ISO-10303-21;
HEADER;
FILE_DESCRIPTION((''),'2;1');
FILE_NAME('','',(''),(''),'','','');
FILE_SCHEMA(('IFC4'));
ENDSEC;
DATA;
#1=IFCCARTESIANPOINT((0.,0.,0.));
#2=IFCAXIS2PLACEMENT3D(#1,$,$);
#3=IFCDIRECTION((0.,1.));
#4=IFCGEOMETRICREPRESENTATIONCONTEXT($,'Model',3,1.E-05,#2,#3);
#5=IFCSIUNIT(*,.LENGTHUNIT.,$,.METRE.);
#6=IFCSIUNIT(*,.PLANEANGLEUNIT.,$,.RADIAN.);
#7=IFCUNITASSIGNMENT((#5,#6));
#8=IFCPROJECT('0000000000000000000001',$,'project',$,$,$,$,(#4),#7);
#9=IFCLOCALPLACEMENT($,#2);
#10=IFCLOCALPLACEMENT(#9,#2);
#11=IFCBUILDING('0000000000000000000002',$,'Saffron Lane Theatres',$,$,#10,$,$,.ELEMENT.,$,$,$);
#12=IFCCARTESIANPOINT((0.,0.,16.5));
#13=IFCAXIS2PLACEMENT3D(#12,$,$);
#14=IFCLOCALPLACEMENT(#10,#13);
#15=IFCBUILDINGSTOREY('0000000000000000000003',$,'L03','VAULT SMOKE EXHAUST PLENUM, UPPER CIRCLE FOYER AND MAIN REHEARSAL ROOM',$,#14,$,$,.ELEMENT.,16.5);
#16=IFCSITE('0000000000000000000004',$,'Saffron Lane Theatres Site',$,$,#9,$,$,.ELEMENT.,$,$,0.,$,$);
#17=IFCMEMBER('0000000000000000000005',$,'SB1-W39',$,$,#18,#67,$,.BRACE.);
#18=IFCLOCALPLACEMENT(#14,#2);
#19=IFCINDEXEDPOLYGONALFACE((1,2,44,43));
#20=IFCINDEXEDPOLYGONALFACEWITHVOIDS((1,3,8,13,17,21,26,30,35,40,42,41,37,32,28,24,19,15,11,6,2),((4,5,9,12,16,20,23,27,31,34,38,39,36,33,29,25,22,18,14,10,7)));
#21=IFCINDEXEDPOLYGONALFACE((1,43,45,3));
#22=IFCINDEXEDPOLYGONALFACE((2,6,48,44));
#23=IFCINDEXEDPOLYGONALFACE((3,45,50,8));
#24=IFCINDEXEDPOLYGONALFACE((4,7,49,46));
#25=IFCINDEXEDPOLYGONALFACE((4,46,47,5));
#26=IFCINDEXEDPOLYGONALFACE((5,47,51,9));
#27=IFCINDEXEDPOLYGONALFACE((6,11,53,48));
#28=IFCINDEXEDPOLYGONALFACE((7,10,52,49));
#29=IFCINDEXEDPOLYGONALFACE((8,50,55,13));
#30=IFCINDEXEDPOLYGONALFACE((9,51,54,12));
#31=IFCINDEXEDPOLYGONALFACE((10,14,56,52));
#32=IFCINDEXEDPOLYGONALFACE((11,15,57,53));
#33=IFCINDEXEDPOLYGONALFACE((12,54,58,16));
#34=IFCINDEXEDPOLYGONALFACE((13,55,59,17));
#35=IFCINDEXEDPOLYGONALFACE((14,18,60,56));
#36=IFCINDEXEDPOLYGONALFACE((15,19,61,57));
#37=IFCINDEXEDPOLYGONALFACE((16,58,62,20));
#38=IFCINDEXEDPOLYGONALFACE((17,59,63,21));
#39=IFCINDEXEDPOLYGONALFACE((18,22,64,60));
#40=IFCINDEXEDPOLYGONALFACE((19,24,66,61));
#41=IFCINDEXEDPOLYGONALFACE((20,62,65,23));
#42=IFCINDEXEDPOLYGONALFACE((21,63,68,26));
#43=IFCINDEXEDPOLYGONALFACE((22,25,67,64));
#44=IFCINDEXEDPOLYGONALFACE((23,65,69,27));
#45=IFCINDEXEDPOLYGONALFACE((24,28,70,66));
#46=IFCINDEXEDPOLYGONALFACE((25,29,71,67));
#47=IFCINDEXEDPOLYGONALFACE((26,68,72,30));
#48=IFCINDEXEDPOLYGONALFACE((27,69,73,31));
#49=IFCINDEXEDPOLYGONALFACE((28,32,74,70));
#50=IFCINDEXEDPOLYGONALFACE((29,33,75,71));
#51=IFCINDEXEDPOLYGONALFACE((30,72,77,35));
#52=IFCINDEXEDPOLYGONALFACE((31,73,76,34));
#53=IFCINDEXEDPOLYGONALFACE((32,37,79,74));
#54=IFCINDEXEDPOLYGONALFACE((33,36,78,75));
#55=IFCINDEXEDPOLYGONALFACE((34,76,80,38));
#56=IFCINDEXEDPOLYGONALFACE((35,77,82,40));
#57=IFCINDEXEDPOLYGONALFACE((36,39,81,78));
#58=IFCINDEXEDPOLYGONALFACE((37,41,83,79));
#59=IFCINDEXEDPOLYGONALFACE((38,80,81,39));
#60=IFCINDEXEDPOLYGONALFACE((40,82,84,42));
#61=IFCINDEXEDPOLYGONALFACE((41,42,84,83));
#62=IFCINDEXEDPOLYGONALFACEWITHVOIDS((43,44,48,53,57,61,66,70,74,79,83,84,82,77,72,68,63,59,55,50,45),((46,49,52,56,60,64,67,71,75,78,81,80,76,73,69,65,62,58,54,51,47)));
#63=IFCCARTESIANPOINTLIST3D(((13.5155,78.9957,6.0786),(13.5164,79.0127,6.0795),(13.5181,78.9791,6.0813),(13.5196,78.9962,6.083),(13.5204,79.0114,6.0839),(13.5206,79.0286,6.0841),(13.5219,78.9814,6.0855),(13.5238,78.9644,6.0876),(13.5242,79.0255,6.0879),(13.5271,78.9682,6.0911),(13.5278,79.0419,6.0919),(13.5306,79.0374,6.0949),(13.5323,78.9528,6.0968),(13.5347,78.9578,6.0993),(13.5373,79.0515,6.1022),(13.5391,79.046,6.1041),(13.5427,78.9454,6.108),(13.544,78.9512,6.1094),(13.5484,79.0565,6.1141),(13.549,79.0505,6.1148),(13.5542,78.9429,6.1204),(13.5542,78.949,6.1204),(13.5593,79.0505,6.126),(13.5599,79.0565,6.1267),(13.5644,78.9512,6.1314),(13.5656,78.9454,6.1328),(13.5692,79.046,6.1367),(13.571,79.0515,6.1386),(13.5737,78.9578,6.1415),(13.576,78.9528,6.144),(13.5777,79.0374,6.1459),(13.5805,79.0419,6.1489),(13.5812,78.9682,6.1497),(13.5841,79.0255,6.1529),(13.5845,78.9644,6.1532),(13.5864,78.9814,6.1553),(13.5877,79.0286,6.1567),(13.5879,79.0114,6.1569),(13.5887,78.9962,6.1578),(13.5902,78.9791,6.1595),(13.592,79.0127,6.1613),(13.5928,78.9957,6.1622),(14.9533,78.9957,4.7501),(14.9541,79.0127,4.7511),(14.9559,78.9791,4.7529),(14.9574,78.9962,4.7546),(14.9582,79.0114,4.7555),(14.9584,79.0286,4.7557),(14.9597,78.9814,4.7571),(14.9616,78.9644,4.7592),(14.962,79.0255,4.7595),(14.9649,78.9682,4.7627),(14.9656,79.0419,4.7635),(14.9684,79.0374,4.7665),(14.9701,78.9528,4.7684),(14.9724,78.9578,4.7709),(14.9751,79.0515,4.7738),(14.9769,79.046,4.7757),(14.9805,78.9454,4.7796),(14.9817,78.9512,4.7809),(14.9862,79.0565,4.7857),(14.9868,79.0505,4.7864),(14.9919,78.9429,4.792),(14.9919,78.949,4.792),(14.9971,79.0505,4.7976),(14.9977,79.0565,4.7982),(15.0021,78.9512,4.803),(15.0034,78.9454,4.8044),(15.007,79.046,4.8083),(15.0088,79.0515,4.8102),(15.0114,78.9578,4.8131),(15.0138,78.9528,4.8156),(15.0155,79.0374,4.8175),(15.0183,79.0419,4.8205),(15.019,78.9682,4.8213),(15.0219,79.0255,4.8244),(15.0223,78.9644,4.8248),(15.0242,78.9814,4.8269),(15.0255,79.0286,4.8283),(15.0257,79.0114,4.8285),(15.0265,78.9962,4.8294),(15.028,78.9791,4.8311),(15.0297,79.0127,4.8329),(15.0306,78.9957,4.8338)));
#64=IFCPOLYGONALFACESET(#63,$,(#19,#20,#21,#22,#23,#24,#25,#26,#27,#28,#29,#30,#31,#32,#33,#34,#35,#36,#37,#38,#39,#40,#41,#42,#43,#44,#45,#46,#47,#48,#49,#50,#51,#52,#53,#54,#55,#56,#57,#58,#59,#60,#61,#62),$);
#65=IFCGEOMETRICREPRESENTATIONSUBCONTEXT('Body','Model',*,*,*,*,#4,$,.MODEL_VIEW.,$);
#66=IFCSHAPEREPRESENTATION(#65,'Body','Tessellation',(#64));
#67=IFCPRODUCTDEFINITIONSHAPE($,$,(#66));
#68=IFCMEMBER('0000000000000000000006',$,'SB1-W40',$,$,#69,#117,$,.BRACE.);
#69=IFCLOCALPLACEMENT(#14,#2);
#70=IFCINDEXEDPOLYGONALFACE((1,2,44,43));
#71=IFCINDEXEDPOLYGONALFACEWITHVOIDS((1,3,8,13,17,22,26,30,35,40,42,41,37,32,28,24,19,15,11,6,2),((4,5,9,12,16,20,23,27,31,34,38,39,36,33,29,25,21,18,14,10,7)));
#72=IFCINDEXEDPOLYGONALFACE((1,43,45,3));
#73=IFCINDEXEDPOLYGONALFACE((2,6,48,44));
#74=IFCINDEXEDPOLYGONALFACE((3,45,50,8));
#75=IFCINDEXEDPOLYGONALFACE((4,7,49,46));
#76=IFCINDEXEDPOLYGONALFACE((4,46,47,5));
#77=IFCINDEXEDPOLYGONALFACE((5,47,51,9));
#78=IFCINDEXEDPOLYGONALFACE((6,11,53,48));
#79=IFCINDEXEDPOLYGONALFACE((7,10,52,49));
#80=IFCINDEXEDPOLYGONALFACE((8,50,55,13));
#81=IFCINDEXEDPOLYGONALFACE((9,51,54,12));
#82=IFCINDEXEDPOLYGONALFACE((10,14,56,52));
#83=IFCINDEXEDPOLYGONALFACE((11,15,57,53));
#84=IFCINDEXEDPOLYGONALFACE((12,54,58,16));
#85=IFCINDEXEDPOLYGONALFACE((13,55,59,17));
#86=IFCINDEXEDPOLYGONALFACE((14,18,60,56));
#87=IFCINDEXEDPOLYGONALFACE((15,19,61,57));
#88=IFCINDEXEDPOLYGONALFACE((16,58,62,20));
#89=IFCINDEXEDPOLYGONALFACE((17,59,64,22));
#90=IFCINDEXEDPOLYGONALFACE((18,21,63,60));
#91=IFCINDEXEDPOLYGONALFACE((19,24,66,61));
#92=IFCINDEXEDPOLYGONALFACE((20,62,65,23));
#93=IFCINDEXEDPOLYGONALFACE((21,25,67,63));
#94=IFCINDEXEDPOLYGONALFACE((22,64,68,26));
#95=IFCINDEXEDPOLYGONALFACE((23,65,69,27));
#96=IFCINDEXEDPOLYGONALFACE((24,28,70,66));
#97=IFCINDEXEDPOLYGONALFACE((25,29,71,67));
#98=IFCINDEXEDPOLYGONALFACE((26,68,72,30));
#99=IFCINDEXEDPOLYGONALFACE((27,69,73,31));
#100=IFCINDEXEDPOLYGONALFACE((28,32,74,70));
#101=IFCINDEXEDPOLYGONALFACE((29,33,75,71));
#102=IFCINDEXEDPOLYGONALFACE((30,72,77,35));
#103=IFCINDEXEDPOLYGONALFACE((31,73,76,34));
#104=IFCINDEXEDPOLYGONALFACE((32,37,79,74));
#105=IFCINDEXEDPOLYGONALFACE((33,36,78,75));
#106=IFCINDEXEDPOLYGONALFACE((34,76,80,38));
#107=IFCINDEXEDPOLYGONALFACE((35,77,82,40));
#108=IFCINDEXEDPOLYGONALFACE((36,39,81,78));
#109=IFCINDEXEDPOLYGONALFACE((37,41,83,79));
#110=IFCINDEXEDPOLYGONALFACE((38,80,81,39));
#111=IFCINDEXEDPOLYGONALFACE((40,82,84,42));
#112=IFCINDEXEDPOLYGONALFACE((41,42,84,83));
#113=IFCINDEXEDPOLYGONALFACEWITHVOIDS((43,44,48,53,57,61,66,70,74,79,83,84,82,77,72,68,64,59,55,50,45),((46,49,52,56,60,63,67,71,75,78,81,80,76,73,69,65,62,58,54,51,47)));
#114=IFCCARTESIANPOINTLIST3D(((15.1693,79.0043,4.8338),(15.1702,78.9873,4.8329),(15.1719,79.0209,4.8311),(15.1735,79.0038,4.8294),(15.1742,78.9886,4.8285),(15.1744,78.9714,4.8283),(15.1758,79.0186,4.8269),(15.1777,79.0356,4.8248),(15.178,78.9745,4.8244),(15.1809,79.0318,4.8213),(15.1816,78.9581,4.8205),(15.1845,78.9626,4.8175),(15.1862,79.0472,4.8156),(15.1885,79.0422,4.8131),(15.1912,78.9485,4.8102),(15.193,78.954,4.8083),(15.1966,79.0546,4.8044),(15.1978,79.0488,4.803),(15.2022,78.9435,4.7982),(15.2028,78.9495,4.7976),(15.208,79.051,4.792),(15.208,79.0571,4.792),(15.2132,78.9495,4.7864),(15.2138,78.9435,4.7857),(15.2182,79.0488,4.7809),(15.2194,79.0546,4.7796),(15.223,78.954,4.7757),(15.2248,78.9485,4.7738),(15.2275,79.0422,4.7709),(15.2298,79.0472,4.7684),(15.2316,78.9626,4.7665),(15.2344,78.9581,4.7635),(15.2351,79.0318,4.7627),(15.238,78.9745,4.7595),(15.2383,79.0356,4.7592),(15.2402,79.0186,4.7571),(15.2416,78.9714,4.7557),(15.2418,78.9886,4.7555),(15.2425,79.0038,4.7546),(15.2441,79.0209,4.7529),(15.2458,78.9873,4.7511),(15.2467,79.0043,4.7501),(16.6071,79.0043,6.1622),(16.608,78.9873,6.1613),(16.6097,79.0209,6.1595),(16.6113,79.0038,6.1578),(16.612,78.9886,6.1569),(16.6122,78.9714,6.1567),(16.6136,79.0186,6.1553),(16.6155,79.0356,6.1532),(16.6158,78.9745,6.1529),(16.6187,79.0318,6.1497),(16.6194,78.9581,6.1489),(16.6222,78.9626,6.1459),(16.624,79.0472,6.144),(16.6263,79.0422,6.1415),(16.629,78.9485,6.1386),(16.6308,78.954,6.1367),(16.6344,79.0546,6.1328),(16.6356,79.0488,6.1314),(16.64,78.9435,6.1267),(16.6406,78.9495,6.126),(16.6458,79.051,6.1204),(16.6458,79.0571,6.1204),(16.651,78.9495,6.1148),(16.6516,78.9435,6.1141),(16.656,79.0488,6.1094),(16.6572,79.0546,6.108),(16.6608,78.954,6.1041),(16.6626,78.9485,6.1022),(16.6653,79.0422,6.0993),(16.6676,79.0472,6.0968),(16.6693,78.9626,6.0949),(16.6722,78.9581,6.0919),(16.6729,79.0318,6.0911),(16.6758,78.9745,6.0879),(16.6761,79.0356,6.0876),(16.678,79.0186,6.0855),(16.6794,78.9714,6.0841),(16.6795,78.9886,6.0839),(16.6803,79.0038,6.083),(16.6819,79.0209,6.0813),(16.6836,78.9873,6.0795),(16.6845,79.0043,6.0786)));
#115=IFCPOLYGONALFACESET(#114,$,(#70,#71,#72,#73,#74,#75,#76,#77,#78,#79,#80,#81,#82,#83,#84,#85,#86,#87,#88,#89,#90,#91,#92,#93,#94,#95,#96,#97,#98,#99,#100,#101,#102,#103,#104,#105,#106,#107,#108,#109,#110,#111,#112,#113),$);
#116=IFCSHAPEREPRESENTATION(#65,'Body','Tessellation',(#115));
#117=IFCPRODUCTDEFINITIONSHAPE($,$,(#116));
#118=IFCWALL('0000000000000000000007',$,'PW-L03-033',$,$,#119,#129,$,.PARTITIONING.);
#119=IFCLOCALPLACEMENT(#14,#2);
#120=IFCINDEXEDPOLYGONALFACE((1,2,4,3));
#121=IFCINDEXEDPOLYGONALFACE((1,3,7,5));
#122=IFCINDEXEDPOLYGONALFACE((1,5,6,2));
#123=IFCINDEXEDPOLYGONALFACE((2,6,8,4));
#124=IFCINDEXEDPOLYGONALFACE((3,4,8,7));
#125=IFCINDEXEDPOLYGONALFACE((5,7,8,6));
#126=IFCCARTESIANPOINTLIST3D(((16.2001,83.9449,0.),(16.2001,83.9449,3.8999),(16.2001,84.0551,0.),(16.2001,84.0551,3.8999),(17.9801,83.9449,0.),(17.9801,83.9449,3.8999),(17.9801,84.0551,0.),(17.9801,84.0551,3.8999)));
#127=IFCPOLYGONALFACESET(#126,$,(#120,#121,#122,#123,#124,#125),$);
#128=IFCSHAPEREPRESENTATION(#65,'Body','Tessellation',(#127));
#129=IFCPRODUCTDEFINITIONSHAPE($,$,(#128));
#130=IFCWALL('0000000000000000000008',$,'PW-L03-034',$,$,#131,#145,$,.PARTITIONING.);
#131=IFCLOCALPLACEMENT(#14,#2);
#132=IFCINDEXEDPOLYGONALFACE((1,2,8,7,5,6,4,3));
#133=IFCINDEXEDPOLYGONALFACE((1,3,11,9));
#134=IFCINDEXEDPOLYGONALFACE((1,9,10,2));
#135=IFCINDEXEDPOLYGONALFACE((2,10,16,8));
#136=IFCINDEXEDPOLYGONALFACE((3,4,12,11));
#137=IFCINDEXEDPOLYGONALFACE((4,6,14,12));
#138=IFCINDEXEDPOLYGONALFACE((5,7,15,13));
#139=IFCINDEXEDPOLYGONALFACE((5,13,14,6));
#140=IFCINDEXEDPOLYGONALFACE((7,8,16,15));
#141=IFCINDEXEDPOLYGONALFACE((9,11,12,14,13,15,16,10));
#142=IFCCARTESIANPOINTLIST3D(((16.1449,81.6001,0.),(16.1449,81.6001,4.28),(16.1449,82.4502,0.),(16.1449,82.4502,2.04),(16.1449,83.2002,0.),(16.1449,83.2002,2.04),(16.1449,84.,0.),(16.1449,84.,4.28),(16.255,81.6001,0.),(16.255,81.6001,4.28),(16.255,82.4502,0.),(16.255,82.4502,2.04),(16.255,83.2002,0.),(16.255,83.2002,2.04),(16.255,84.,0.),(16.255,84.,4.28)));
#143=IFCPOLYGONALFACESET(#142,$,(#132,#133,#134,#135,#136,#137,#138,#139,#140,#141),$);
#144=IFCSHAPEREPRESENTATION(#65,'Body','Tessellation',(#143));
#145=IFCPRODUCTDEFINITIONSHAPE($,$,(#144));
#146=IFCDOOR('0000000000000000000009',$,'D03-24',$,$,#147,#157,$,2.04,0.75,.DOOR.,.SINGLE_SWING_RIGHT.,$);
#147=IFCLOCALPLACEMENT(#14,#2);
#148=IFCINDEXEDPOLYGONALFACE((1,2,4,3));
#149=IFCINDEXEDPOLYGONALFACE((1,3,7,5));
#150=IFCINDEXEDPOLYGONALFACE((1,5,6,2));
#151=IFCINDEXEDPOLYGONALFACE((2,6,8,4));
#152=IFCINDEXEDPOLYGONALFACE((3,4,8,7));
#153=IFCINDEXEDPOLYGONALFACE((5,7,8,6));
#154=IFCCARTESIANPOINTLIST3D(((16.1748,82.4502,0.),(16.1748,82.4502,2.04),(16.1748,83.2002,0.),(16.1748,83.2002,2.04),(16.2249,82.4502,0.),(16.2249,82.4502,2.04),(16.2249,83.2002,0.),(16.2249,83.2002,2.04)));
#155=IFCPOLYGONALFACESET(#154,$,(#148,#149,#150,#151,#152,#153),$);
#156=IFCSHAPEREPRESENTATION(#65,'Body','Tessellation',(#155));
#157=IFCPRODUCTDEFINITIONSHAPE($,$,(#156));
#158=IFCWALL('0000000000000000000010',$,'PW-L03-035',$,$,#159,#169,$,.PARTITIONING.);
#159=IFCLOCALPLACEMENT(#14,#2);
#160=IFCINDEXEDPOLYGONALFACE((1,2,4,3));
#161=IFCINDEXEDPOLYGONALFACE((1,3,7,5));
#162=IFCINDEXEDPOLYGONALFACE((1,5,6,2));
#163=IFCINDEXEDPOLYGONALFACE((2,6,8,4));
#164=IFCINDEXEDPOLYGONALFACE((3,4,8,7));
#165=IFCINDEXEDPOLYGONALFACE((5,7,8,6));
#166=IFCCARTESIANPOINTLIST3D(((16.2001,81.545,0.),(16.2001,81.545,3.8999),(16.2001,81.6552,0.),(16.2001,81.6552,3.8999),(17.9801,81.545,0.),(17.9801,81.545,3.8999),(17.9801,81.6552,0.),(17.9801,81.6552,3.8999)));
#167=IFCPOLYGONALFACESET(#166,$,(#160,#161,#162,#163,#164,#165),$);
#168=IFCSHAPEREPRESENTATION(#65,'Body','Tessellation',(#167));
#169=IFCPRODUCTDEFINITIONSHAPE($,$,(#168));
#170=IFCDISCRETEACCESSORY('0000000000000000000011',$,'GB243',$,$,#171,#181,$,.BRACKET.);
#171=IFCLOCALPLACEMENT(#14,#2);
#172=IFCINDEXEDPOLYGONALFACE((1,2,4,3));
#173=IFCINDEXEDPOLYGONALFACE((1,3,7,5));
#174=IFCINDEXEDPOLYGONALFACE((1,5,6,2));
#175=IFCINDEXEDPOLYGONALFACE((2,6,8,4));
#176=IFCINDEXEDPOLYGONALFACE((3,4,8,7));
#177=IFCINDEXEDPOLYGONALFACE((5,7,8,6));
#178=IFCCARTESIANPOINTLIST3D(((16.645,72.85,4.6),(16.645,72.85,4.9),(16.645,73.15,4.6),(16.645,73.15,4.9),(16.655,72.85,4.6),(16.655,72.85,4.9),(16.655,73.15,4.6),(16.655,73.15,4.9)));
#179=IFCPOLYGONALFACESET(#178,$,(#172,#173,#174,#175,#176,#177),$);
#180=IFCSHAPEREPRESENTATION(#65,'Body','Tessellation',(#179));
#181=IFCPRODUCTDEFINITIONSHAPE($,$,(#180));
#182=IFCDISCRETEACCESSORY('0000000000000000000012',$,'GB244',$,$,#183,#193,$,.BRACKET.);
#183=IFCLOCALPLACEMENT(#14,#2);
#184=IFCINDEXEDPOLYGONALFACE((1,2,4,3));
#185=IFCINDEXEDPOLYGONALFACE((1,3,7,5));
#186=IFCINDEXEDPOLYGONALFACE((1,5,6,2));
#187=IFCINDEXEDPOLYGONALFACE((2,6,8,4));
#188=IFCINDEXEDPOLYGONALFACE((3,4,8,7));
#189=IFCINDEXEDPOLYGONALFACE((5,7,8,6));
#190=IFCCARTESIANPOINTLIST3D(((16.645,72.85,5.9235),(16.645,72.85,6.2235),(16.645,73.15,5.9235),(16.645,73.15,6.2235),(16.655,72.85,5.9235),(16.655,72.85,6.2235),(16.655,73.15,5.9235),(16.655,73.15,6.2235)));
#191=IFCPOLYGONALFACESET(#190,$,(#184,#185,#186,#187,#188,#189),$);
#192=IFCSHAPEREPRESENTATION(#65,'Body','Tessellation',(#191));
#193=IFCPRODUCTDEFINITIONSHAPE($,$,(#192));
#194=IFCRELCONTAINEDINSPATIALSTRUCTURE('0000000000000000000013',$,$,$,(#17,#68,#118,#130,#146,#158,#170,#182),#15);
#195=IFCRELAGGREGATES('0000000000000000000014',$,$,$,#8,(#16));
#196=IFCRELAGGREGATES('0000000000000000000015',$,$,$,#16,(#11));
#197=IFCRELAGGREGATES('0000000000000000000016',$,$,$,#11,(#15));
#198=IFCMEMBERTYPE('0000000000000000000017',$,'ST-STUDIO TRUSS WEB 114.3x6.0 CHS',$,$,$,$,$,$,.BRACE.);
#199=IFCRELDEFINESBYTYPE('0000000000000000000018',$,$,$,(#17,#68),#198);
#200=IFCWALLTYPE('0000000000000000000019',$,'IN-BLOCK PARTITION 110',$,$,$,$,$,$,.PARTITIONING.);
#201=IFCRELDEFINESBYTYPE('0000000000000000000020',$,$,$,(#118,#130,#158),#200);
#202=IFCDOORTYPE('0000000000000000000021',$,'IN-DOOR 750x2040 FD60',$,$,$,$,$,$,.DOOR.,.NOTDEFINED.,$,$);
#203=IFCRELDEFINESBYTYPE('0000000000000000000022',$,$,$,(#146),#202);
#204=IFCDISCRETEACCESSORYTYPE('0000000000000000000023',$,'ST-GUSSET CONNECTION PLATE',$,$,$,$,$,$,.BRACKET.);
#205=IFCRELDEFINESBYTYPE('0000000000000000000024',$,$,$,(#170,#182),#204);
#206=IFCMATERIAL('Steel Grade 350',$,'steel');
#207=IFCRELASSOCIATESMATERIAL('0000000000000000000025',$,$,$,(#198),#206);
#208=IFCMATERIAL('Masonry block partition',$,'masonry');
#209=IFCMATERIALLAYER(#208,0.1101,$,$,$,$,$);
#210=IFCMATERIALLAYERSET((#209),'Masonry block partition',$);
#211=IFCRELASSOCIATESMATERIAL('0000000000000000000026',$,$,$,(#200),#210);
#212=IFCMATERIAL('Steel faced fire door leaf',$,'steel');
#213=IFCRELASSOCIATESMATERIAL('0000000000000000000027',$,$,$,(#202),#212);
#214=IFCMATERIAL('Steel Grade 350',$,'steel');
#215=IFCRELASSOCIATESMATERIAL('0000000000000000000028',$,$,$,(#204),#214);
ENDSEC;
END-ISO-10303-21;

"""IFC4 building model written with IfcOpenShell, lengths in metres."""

from ifc_helpers import new_model, si_unit, direction, frame, frame_2d, origin, origin_2d, place, context, subcontext, project, spatial, rectangle, hollow_circle, extrude, material, layer, layer_set, material_profile, profile_set, type_object, element, fill, save


model = new_model("IFC4")

# Units and contexts
model_context = context("Model", 3, precision=1e-05, world=origin(), true_north=direction((0.0, 1.0)))
body_context = subcontext(model_context, "Body", "Model", "MODEL_VIEW")
ifc_project = project(units=[si_unit("LENGTHUNIT", "METRE"), si_unit("PLANEANGLEUNIT", "RADIAN")], contexts=[model_context])

# Site, building, storey
site_placement = place(None, origin())
site = spatial("IfcSite", under=ifc_project, at=site_placement, Name="Saffron Lane Theatres Site", CompositionType="ELEMENT", RefElevation=0.0)
building_placement = place(site_placement, origin())
building = spatial("IfcBuilding", under=site, at=building_placement, Name="Saffron Lane Theatres", CompositionType="ELEMENT")
storey_placement = place(building_placement, frame((0.0, 0.0, 16.5)))
storey = spatial("IfcBuildingStorey", under=building, at=storey_placement, Name="L03", Description="VAULT SMOKE EXHAUST PLENUM, UPPER CIRCLE FOYER AND MAIN REHEARSAL ROOM", CompositionType="ELEMENT", Elevation=16.5)

# Members
ifc_material_1 = material(Name="Steel Grade 350", Category="steel")
ifc_material_profile_1 = material_profile(ifc_material_1, hollow_circle(Radius=0.0571, WallThickness=0.0061, at=origin_2d()))
ifc_profile_set_1 = profile_set([ifc_material_profile_1], Name="Steel Grade 350")
member_type_1 = type_object("IfcMemberType", Name="ST-STUDIO TRUSS WEB 114.3x6.0 CHS", PredefinedType="BRACE", material=ifc_profile_set_1)
for number, where, z_axis, x_axis, name in (
    (1, (14.9919, 79.0, 4.792), (-0.734493, 0.0, 0.678617), (0.0, -1.0, 0.0), "SB1-W39"),
    (2, (15.208, 79.0, 4.792), (0.734493, 0.0, 0.678617), (0.0, 1.0, 0.0), "SB1-W40"),
):
    element("IfcMember", number, at=place(storey_placement, frame(where, z_axis=z_axis, x_axis=x_axis)), inside=storey, type_object=member_type_1, Name=name, PredefinedType="BRACE", context=body_context, shape_type="SweptSolid", body=[
        extrude(hollow_circle(Radius=0.0571, WallThickness=0.0061, at=origin_2d()), origin(), (0.0, 0.0, 1.0), 1.9575),
    ])

# Wall
ifc_material_2 = material(Name="Masonry block partition", Category="masonry")
ifc_layer = layer(ifc_material_2, 0.1101)
ifc_layer_set = layer_set([ifc_layer], Name="Masonry block partition")
wall_type = type_object("IfcWallType", Name="IN-BLOCK PARTITION 110", PredefinedType="PARTITIONING", material=ifc_layer_set)
wall_1_placement = place(storey_placement, frame((16.2, 84.0, 0.0), z_axis=(0.0, 0.0, 1.0), x_axis=(1.0, 0.0, 0.0)))
element("IfcWall", 3, at=wall_1_placement, inside=storey, type_object=wall_type, Name="PW-L03-033", PredefinedType="PARTITIONING", context=body_context, shape_type="SweptSolid", body=[
    extrude(rectangle(XDim=1.78, YDim=0.1101, at=frame_2d((0.8901, 0.0))), origin(), (0.0, 0.0, 1.0), 3.8999),
])

# Wall, opening, door
wall_2_placement = place(storey_placement, frame((16.2, 81.6001, 0.0), z_axis=(0.0, 0.0, 1.0), x_axis=(0.0, 1.0, 0.0)))
wall_2 = element("IfcWall", 4, at=wall_2_placement, inside=storey, type_object=wall_type, Name="PW-L03-034", PredefinedType="PARTITIONING", context=body_context, shape_type="SweptSolid", body=[
    extrude(rectangle(XDim=2.3999, YDim=0.1101, at=frame_2d((1.2, 0.0))), origin(), (0.0, 0.0, 1.0), 4.28),
])
opening_placement = place(wall_2_placement, frame((0.8501, 0.0, 0.0)))
opening = element("IfcOpeningElement", 5, at=opening_placement, cuts=wall_2, PredefinedType="OPENING", context=body_context, shape_type="SweptSolid", body=[
    extrude(rectangle(XDim=0.75, YDim=2.04, at=frame_2d((0.375, 1.02))), frame((0.0, 0.0649, 0.0), z_axis=(0.0, -1.0, 0.0), x_axis=(1.0, 0.0, 0.0)), (0.0, 0.0, 1.0), 0.1301),
])
ifc_material_3 = material(Name="Steel faced fire door leaf", Category="steel")
door_type = type_object("IfcDoorType", Name="IN-DOOR 750x2040 FD60", OperationType="NOTDEFINED", PredefinedType="DOOR", material=ifc_material_3)
door_placement = place(opening_placement, frame((0.75, 0.0, 0.0), z_axis=(0.0, 0.0, 1.0), x_axis=(-1.0, 0.0, 0.0)))
door = element("IfcDoor", 6, at=door_placement, inside=storey, type_object=door_type, Name="D03-24", OperationType="SINGLE_SWING_RIGHT", OverallHeight=2.04, OverallWidth=0.75, PredefinedType="DOOR", context=body_context, shape_type="SweptSolid", body=[
    extrude(rectangle(XDim=0.75, YDim=2.04, at=frame_2d((0.375, 1.02))), frame((0.0, 0.0249, 0.0), z_axis=(0.0, -1.0, 0.0), x_axis=(1.0, 0.0, 0.0)), (0.0, 0.0, 1.0), 0.05),
])
fill(opening, door)

# Wall
wall_3_placement = place(storey_placement, frame((16.2, 81.6001, 0.0), z_axis=(0.0, 0.0, 1.0), x_axis=(1.0, 0.0, 0.0)))
element("IfcWall", 7, at=wall_3_placement, inside=storey, type_object=wall_type, Name="PW-L03-035", PredefinedType="PARTITIONING", context=body_context, shape_type="SweptSolid", body=[
    extrude(rectangle(XDim=1.78, YDim=0.1101, at=frame_2d((0.8901, 0.0))), origin(), (0.0, 0.0, 1.0), 3.8999),
])

# Discrete accessories
ifc_material_4 = material(Name="Steel Grade 350", Category="steel")
ifc_material_profile_2 = material_profile(ifc_material_4, rectangle(XDim=0.3, YDim=0.3, at=origin_2d()))
ifc_profile_set_2 = profile_set([ifc_material_profile_2], Name="Steel Grade 350")
discrete_accessory_type_1 = type_object("IfcDiscreteAccessoryType", Name="ST-GUSSET CONNECTION PLATE", PredefinedType="BRACKET", material=ifc_profile_set_2)
for number, where, z_axis, x_axis, name in (
    (8, (16.645, 73.0, 4.75), (1.0, 0.0, 0.0), (0.0, 1.0, 0.0), "GB243"),
    (9, (16.645, 73.0, 6.0735), (1.0, 0.0, 0.0), (0.0, 1.0, 0.0), "GB244"),
):
    element("IfcDiscreteAccessory", number, at=place(storey_placement, frame(where, z_axis=z_axis, x_axis=x_axis)), inside=storey, type_object=discrete_accessory_type_1, Name=name, PredefinedType="BRACKET", context=body_context, shape_type="SweptSolid", body=[
        extrude(rectangle(XDim=0.3, YDim=0.3, at=origin_2d()), origin(), (0.0, 0.0, 1.0), 0.01),
    ])

save(model, "model.ifc")
